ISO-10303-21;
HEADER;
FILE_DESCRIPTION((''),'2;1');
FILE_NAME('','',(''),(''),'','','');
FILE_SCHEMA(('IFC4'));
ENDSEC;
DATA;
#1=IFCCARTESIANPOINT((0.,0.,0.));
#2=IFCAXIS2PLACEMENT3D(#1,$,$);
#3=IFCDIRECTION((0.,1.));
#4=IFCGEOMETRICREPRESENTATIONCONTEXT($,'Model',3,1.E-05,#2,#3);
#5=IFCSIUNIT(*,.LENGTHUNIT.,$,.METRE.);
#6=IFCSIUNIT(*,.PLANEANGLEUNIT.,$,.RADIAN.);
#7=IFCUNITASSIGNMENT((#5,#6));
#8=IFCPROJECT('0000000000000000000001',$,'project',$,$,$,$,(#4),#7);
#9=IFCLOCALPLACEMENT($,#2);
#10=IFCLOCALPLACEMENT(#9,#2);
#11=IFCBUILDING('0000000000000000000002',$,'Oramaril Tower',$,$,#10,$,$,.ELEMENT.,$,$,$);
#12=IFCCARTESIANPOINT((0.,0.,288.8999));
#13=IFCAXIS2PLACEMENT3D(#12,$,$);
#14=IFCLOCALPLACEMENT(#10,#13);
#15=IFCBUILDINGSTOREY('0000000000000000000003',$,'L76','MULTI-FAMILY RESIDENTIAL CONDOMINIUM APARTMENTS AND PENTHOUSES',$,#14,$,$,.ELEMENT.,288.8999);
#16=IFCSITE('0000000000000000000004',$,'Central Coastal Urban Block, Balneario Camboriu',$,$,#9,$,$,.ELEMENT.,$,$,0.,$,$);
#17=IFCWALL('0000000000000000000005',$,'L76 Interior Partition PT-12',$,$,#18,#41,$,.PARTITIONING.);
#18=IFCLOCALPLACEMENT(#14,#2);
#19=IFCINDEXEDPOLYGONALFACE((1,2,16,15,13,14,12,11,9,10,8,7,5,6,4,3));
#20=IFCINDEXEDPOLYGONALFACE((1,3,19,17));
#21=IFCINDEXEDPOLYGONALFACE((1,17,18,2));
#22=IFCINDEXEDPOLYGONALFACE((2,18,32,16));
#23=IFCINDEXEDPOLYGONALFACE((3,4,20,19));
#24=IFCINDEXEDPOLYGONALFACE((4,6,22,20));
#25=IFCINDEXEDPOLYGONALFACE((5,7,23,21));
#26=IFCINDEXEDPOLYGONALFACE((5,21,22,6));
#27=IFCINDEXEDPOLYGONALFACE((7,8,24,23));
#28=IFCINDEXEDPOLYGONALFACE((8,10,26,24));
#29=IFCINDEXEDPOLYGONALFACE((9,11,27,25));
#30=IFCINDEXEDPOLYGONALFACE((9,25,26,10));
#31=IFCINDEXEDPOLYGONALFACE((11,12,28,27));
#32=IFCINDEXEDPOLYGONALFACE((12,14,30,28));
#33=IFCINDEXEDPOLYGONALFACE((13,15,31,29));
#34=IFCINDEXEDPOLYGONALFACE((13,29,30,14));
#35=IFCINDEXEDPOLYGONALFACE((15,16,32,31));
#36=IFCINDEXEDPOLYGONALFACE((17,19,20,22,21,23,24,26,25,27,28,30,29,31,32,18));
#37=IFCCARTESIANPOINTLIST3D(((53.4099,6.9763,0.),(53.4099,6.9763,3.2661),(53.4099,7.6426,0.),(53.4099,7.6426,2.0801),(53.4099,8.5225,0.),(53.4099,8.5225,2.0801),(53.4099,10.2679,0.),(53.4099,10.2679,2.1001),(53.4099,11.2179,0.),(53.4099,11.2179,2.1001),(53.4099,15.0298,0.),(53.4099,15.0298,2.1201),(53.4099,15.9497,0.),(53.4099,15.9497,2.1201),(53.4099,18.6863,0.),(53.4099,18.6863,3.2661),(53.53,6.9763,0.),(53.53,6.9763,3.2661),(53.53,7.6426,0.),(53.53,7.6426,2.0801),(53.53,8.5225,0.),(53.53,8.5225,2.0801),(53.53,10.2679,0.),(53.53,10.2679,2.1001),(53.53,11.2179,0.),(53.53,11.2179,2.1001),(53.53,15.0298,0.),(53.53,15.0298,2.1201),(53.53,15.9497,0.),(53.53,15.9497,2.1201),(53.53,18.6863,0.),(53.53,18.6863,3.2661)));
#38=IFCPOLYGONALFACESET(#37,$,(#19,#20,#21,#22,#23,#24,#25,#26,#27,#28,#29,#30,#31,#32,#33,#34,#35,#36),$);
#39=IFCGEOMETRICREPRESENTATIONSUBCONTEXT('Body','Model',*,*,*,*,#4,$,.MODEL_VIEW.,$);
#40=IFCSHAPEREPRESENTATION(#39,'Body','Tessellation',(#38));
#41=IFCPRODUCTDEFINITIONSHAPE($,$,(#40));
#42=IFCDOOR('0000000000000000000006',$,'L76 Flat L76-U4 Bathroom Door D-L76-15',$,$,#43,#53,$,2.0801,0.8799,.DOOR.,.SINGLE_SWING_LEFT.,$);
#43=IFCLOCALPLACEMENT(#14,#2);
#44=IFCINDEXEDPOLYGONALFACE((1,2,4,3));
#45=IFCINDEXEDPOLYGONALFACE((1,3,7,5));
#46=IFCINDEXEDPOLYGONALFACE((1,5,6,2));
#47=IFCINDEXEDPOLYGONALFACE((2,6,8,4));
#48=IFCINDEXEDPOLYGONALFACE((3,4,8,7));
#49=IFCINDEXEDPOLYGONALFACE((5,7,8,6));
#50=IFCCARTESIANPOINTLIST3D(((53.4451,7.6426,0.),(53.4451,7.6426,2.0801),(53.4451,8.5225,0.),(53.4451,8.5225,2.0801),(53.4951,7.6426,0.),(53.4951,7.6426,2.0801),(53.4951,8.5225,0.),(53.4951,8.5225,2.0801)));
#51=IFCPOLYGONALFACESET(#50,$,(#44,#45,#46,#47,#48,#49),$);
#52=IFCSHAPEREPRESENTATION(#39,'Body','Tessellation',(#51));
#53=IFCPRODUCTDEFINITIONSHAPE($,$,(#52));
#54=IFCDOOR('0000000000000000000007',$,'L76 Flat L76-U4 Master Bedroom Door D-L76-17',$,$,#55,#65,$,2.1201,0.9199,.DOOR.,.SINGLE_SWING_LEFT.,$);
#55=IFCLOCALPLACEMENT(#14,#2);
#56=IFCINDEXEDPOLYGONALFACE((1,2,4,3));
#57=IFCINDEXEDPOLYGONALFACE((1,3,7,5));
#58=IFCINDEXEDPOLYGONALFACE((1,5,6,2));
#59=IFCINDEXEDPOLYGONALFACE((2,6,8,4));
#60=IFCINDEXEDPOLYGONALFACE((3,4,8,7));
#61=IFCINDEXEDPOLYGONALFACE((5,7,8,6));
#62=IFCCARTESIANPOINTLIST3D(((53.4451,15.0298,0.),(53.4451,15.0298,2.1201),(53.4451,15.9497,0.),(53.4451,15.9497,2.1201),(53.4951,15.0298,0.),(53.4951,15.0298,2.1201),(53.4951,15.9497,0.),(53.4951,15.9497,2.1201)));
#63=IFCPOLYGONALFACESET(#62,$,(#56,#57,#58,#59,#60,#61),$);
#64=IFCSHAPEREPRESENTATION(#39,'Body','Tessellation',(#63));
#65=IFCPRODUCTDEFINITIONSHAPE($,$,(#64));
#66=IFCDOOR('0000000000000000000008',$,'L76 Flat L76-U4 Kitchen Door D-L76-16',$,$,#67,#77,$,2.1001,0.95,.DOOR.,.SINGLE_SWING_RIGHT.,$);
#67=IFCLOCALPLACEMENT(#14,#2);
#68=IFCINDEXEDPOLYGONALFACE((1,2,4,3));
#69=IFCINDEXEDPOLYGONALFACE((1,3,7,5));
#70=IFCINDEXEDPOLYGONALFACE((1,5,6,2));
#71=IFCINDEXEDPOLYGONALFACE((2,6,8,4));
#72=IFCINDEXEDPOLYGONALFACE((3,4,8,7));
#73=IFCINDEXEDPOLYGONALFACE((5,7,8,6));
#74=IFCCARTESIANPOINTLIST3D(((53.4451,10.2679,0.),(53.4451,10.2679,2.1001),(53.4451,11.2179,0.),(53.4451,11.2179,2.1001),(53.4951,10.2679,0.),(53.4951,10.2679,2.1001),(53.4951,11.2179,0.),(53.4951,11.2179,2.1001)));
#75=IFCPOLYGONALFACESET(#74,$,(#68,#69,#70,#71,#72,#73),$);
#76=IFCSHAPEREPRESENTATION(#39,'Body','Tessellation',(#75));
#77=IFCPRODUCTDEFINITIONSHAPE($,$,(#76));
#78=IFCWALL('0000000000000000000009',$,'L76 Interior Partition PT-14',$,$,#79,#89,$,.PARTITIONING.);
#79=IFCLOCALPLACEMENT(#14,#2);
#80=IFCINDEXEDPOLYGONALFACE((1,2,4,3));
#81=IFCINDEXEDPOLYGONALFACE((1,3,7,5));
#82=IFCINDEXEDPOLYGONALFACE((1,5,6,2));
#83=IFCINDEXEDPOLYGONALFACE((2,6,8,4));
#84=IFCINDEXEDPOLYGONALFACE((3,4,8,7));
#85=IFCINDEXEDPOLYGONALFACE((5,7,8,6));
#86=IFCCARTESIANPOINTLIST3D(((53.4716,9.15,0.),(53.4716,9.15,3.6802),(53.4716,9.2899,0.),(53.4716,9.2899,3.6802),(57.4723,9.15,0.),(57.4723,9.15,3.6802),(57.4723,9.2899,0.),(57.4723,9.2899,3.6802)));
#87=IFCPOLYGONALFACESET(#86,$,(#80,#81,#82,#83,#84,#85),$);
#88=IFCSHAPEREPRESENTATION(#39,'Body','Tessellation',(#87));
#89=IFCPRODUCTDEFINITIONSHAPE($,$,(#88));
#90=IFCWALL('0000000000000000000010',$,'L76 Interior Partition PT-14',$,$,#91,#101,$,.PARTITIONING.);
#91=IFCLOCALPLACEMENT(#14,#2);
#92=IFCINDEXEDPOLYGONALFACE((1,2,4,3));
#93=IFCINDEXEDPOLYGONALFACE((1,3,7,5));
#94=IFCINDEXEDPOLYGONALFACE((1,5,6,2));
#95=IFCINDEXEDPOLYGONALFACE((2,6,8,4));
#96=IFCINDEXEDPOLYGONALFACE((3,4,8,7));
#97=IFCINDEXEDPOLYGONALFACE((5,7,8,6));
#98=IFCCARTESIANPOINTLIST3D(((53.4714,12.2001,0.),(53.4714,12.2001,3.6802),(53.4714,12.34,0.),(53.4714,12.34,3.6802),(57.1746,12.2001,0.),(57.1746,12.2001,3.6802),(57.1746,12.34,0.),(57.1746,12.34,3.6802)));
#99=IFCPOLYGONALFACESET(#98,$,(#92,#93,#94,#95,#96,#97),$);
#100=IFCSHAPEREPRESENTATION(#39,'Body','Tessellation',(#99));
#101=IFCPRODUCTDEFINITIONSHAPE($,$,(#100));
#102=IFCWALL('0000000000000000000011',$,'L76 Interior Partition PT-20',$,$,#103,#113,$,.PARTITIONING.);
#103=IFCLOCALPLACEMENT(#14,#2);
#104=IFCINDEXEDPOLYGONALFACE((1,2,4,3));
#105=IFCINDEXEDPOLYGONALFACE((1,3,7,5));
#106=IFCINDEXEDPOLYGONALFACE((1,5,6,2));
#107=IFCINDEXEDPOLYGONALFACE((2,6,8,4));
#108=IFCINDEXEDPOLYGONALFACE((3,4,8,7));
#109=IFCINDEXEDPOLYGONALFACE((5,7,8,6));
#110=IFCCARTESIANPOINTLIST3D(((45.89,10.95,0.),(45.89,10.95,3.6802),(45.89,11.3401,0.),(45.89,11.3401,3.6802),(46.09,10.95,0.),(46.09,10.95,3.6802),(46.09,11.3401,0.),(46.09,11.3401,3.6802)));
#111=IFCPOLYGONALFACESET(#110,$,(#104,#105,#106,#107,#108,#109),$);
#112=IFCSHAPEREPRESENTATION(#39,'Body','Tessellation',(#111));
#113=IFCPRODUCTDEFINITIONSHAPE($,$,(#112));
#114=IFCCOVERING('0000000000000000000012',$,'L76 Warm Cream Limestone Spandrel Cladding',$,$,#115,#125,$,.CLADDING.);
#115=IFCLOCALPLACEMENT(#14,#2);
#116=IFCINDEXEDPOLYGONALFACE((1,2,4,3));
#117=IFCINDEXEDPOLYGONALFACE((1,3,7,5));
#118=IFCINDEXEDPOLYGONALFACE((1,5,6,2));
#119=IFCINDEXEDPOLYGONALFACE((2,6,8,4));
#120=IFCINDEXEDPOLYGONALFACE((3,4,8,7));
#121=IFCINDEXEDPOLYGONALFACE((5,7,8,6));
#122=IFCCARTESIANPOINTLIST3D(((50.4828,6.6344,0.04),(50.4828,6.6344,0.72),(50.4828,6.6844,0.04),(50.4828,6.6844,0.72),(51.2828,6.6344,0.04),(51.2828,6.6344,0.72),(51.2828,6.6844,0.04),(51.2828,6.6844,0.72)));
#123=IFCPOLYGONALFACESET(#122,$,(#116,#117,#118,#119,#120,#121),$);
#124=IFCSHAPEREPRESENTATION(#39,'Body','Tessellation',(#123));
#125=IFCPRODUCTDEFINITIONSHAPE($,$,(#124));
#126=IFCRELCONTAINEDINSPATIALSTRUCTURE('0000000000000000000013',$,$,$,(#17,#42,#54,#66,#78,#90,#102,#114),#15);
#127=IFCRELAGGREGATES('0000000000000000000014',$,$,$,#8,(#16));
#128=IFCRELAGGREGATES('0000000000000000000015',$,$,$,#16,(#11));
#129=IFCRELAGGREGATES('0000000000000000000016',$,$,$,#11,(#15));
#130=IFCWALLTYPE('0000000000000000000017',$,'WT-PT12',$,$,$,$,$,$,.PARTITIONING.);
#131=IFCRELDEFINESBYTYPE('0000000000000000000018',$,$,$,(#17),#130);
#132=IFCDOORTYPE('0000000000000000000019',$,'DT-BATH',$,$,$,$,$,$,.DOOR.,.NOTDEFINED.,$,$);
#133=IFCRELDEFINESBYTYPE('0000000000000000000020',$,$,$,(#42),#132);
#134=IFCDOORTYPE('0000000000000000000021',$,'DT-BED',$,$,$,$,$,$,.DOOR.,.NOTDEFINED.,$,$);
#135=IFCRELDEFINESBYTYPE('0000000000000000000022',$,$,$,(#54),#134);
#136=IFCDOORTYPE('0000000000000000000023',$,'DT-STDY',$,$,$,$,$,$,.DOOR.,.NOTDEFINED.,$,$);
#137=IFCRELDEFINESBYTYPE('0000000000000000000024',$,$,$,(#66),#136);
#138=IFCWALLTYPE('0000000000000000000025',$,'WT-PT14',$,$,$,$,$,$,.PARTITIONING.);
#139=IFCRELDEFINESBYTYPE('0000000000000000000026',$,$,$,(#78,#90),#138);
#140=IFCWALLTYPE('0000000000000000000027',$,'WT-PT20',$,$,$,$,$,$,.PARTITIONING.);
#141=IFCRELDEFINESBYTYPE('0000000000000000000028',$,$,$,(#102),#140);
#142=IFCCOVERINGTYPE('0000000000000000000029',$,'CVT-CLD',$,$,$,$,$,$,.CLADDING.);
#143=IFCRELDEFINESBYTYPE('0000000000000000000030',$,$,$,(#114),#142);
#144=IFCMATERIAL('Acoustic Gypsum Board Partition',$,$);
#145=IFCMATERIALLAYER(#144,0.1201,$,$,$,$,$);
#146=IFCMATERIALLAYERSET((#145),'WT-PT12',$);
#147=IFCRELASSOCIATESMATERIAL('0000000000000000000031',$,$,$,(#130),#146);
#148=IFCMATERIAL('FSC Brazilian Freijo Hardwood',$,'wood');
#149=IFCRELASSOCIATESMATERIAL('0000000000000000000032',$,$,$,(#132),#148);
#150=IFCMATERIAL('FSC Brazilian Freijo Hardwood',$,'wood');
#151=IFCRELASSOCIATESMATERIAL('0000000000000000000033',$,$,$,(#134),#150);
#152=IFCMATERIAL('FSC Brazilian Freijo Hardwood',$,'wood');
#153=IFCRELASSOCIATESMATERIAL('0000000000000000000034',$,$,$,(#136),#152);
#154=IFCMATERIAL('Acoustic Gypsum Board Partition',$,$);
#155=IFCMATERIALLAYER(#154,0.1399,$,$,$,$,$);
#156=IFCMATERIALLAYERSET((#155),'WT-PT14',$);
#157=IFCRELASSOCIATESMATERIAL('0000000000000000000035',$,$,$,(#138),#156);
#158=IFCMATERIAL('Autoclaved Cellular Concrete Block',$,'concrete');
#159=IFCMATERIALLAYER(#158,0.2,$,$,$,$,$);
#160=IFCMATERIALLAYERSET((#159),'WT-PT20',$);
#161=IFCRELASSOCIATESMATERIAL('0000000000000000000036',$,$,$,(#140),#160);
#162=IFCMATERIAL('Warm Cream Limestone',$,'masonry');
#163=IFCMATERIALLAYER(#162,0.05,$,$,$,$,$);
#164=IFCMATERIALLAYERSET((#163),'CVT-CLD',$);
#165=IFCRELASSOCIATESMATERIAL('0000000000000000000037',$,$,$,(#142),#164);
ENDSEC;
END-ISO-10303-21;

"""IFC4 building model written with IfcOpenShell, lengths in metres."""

from ifc_helpers import new_model, si_unit, direction, frame, frame_2d, origin, origin_2d, place, context, subcontext, project, spatial, rectangle, extrude, material, layer, layer_set, type_object, element, fill, save


model = new_model("IFC4")

# Units and contexts
model_context = context("Model", 3, precision=1e-05, world=origin(), true_north=direction((0.0, 1.0)))
body_context = subcontext(model_context, "Body", "Model", "MODEL_VIEW")
ifc_project = project(units=[si_unit("LENGTHUNIT", "METRE"), si_unit("PLANEANGLEUNIT", "RADIAN")], contexts=[model_context])

# Site, building, storey
site_placement = place(None, origin())
site = spatial("IfcSite", under=ifc_project, at=site_placement, Name="Central Coastal Urban Block, Balneario Camboriu", CompositionType="ELEMENT", RefElevation=0.0)
building_placement = place(site_placement, origin())
building = spatial("IfcBuilding", under=site, at=building_placement, Name="Oramaril Tower", CompositionType="ELEMENT")
storey_placement = place(building_placement, frame((0.0, 0.0, 288.8999)))
storey = spatial("IfcBuildingStorey", under=building, at=storey_placement, Name="L76", Description="MULTI-FAMILY RESIDENTIAL CONDOMINIUM APARTMENTS AND PENTHOUSES", CompositionType="ELEMENT", Elevation=288.8999)

# Wall, openings, doors
ifc_material_1 = material(Name="Acoustic Gypsum Board Partition")
ifc_layer_1 = layer(ifc_material_1, 0.1201)
ifc_layer_set_1 = layer_set([ifc_layer_1], Name="WT-PT12")
wall_type_1 = type_object("IfcWallType", Name="WT-PT12", PredefinedType="PARTITIONING", material=ifc_layer_set_1)
wall_1_placement = place(storey_placement, frame((53.47, 6.9763, 0.0), z_axis=(0.0, 0.0, 1.0), x_axis=(0.0, 1.0, 0.0)))
wall_1 = element("IfcWall", 1, at=wall_1_placement, inside=storey, type_object=wall_type_1, Name="L76 Interior Partition PT-12", PredefinedType="PARTITIONING", context=body_context, shape_type="SweptSolid", body=[
    extrude(rectangle(XDim=11.71, YDim=0.1201, at=frame_2d((5.855, 0.0))), origin(), (0.0, 0.0, 1.0), 3.2661),
])
opening_1_placement = place(wall_1_placement, frame((0.6663, 0.0, 0.0)))
opening_1 = element("IfcOpeningElement", 2, at=opening_1_placement, cuts=wall_1, PredefinedType="OPENING", context=body_context, shape_type="SweptSolid", body=[
    extrude(rectangle(XDim=0.8799, YDim=2.0801, at=frame_2d((0.4399, 1.04))), frame((0.0, 0.0601, 0.0), z_axis=(0.0, -1.0, 0.0), x_axis=(1.0, 0.0, 0.0)), (0.0, 0.0, 1.0), 0.1201),
])
opening_2_placement = place(wall_1_placement, frame((3.2915, 0.0, 0.0)))
opening_2 = element("IfcOpeningElement", 3, at=opening_2_placement, cuts=wall_1, PredefinedType="OPENING", context=body_context, shape_type="SweptSolid", body=[
    extrude(rectangle(XDim=0.95, YDim=2.1001, at=frame_2d((0.4751, 1.05))), frame((0.0, 0.0601, 0.0), z_axis=(0.0, -1.0, 0.0), x_axis=(1.0, 0.0, 0.0)), (0.0, 0.0, 1.0), 0.1201),
])
opening_3_placement = place(wall_1_placement, frame((8.0535, 0.0, 0.0)))
opening_3 = element("IfcOpeningElement", 4, at=opening_3_placement, cuts=wall_1, PredefinedType="OPENING", context=body_context, shape_type="SweptSolid", body=[
    extrude(rectangle(XDim=0.9199, YDim=2.1201, at=frame_2d((0.46, 1.0601))), frame((0.0, 0.0601, 0.0), z_axis=(0.0, -1.0, 0.0), x_axis=(1.0, 0.0, 0.0)), (0.0, 0.0, 1.0), 0.1201),
])
ifc_material_2 = material(Name="FSC Brazilian Freijo Hardwood", Category="wood")
door_type_1 = type_object("IfcDoorType", Name="DT-BATH", OperationType="NOTDEFINED", PredefinedType="DOOR", material=ifc_material_2)
door_1_placement = place(opening_1_placement, origin())
door_1 = element("IfcDoor", 5, at=door_1_placement, inside=storey, type_object=door_type_1, Name="L76 Flat L76-U4 Bathroom Door D-L76-15", OperationType="SINGLE_SWING_LEFT", OverallHeight=2.0801, OverallWidth=0.8799, PredefinedType="DOOR", context=body_context, shape_type="SweptSolid", body=[
    extrude(rectangle(XDim=0.8799, YDim=2.0801, at=frame_2d((0.4399, 1.04))), frame((0.0, 0.0249, 0.0), z_axis=(0.0, -1.0, 0.0), x_axis=(1.0, 0.0, 0.0)), (0.0, 0.0, 1.0), 0.05),
])
fill(opening_1, door_1)
ifc_material_3 = material(Name="FSC Brazilian Freijo Hardwood", Category="wood")
door_type_2 = type_object("IfcDoorType", Name="DT-BED", OperationType="NOTDEFINED", PredefinedType="DOOR", material=ifc_material_3)
door_2_placement = place(opening_3_placement, origin())
door_2 = element("IfcDoor", 6, at=door_2_placement, inside=storey, type_object=door_type_2, Name="L76 Flat L76-U4 Master Bedroom Door D-L76-17", OperationType="SINGLE_SWING_LEFT", OverallHeight=2.1201, OverallWidth=0.9199, PredefinedType="DOOR", context=body_context, shape_type="SweptSolid", body=[
    extrude(rectangle(XDim=0.9199, YDim=2.1201, at=frame_2d((0.46, 1.0601))), frame((0.0, 0.0249, 0.0), z_axis=(0.0, -1.0, 0.0), x_axis=(1.0, 0.0, 0.0)), (0.0, 0.0, 1.0), 0.05),
])
fill(opening_3, door_2)
ifc_material_4 = material(Name="FSC Brazilian Freijo Hardwood", Category="wood")
door_type_3 = type_object("IfcDoorType", Name="DT-STDY", OperationType="NOTDEFINED", PredefinedType="DOOR", material=ifc_material_4)
door_3_placement = place(opening_2_placement, origin())
door_3 = element("IfcDoor", 7, at=door_3_placement, inside=storey, type_object=door_type_3, Name="L76 Flat L76-U4 Kitchen Door D-L76-16", OperationType="SINGLE_SWING_RIGHT", OverallHeight=2.1001, OverallWidth=0.95, PredefinedType="DOOR", context=body_context, shape_type="SweptSolid", body=[
    extrude(rectangle(XDim=0.95, YDim=2.1001, at=frame_2d((0.4751, 1.05))), frame((0.0, 0.0249, 0.0), z_axis=(0.0, -1.0, 0.0), x_axis=(1.0, 0.0, 0.0)), (0.0, 0.0, 1.0), 0.05),
])
fill(opening_2, door_3)

# Walls
ifc_material_5 = material(Name="Acoustic Gypsum Board Partition")
ifc_layer_2 = layer(ifc_material_5, 0.1399)
ifc_layer_set_2 = layer_set([ifc_layer_2], Name="WT-PT14")
wall_type_2 = type_object("IfcWallType", Name="WT-PT14", PredefinedType="PARTITIONING", material=ifc_layer_set_2)
wall_2_placement = place(storey_placement, frame((53.4714, 9.22, 0.0), z_axis=(0.0, 0.0, 1.0), x_axis=(1.0, 0.0, 0.0)))
element("IfcWall", 8, at=wall_2_placement, inside=storey, type_object=wall_type_2, Name="L76 Interior Partition PT-14", PredefinedType="PARTITIONING", context=body_context, shape_type="SweptSolid", body=[
    extrude(rectangle(XDim=4.0007, YDim=0.1399, at=frame_2d((2.0005, 0.0))), origin(), (0.0, 0.0, 1.0), 3.6802),
])
wall_3_placement = place(storey_placement, frame((53.4714, 12.27, 0.0), z_axis=(0.0, 0.0, 1.0), x_axis=(1.0, 0.0, 0.0)))
element("IfcWall", 9, at=wall_3_placement, inside=storey, type_object=wall_type_2, Name="L76 Interior Partition PT-14", PredefinedType="PARTITIONING", context=body_context, shape_type="SweptSolid", body=[
    extrude(rectangle(XDim=3.7031, YDim=0.1399, at=frame_2d((1.8516, 0.0))), origin(), (0.0, 0.0, 1.0), 3.6802),
])
ifc_material_6 = material(Name="Autoclaved Cellular Concrete Block", Category="concrete")
ifc_layer_3 = layer(ifc_material_6, 0.2)
ifc_layer_set_3 = layer_set([ifc_layer_3], Name="WT-PT20")
wall_type_3 = type_object("IfcWallType", Name="WT-PT20", PredefinedType="PARTITIONING", material=ifc_layer_set_3)
wall_4_placement = place(storey_placement, frame((45.99, 10.95, 0.0), z_axis=(0.0, 0.0, 1.0), x_axis=(0.0, 1.0, 0.0)))
element("IfcWall", 10, at=wall_4_placement, inside=storey, type_object=wall_type_3, Name="L76 Interior Partition PT-20", PredefinedType="PARTITIONING", context=body_context, shape_type="SweptSolid", body=[
    extrude(rectangle(XDim=0.3901, YDim=0.2, at=frame_2d((0.1951, 0.0))), origin(), (0.0, 0.0, 1.0), 3.6802),
])

# Covering
ifc_material_7 = material(Name="Warm Cream Limestone", Category="masonry")
ifc_layer_4 = layer(ifc_material_7, 0.05)
ifc_layer_set_4 = layer_set([ifc_layer_4], Name="CVT-CLD")
covering_type = type_object("IfcCoveringType", Name="CVT-CLD", PredefinedType="CLADDING", material=ifc_layer_set_4)
covering_placement = place(storey_placement, frame((50.8828, 6.6594, 0.04), z_axis=(0.0, 0.0, 1.0), x_axis=(1.0, 0.0, 0.0)))
element("IfcCovering", 11, at=covering_placement, inside=storey, type_object=covering_type, Name="L76 Warm Cream Limestone Spandrel Cladding", PredefinedType="CLADDING", context=body_context, shape_type="SweptSolid", body=[
    extrude(rectangle(XDim=0.8, YDim=0.05, at=origin_2d()), origin(), (0.0, 0.0, 1.0), 0.6799),
])

save(model, "model.ifc")
